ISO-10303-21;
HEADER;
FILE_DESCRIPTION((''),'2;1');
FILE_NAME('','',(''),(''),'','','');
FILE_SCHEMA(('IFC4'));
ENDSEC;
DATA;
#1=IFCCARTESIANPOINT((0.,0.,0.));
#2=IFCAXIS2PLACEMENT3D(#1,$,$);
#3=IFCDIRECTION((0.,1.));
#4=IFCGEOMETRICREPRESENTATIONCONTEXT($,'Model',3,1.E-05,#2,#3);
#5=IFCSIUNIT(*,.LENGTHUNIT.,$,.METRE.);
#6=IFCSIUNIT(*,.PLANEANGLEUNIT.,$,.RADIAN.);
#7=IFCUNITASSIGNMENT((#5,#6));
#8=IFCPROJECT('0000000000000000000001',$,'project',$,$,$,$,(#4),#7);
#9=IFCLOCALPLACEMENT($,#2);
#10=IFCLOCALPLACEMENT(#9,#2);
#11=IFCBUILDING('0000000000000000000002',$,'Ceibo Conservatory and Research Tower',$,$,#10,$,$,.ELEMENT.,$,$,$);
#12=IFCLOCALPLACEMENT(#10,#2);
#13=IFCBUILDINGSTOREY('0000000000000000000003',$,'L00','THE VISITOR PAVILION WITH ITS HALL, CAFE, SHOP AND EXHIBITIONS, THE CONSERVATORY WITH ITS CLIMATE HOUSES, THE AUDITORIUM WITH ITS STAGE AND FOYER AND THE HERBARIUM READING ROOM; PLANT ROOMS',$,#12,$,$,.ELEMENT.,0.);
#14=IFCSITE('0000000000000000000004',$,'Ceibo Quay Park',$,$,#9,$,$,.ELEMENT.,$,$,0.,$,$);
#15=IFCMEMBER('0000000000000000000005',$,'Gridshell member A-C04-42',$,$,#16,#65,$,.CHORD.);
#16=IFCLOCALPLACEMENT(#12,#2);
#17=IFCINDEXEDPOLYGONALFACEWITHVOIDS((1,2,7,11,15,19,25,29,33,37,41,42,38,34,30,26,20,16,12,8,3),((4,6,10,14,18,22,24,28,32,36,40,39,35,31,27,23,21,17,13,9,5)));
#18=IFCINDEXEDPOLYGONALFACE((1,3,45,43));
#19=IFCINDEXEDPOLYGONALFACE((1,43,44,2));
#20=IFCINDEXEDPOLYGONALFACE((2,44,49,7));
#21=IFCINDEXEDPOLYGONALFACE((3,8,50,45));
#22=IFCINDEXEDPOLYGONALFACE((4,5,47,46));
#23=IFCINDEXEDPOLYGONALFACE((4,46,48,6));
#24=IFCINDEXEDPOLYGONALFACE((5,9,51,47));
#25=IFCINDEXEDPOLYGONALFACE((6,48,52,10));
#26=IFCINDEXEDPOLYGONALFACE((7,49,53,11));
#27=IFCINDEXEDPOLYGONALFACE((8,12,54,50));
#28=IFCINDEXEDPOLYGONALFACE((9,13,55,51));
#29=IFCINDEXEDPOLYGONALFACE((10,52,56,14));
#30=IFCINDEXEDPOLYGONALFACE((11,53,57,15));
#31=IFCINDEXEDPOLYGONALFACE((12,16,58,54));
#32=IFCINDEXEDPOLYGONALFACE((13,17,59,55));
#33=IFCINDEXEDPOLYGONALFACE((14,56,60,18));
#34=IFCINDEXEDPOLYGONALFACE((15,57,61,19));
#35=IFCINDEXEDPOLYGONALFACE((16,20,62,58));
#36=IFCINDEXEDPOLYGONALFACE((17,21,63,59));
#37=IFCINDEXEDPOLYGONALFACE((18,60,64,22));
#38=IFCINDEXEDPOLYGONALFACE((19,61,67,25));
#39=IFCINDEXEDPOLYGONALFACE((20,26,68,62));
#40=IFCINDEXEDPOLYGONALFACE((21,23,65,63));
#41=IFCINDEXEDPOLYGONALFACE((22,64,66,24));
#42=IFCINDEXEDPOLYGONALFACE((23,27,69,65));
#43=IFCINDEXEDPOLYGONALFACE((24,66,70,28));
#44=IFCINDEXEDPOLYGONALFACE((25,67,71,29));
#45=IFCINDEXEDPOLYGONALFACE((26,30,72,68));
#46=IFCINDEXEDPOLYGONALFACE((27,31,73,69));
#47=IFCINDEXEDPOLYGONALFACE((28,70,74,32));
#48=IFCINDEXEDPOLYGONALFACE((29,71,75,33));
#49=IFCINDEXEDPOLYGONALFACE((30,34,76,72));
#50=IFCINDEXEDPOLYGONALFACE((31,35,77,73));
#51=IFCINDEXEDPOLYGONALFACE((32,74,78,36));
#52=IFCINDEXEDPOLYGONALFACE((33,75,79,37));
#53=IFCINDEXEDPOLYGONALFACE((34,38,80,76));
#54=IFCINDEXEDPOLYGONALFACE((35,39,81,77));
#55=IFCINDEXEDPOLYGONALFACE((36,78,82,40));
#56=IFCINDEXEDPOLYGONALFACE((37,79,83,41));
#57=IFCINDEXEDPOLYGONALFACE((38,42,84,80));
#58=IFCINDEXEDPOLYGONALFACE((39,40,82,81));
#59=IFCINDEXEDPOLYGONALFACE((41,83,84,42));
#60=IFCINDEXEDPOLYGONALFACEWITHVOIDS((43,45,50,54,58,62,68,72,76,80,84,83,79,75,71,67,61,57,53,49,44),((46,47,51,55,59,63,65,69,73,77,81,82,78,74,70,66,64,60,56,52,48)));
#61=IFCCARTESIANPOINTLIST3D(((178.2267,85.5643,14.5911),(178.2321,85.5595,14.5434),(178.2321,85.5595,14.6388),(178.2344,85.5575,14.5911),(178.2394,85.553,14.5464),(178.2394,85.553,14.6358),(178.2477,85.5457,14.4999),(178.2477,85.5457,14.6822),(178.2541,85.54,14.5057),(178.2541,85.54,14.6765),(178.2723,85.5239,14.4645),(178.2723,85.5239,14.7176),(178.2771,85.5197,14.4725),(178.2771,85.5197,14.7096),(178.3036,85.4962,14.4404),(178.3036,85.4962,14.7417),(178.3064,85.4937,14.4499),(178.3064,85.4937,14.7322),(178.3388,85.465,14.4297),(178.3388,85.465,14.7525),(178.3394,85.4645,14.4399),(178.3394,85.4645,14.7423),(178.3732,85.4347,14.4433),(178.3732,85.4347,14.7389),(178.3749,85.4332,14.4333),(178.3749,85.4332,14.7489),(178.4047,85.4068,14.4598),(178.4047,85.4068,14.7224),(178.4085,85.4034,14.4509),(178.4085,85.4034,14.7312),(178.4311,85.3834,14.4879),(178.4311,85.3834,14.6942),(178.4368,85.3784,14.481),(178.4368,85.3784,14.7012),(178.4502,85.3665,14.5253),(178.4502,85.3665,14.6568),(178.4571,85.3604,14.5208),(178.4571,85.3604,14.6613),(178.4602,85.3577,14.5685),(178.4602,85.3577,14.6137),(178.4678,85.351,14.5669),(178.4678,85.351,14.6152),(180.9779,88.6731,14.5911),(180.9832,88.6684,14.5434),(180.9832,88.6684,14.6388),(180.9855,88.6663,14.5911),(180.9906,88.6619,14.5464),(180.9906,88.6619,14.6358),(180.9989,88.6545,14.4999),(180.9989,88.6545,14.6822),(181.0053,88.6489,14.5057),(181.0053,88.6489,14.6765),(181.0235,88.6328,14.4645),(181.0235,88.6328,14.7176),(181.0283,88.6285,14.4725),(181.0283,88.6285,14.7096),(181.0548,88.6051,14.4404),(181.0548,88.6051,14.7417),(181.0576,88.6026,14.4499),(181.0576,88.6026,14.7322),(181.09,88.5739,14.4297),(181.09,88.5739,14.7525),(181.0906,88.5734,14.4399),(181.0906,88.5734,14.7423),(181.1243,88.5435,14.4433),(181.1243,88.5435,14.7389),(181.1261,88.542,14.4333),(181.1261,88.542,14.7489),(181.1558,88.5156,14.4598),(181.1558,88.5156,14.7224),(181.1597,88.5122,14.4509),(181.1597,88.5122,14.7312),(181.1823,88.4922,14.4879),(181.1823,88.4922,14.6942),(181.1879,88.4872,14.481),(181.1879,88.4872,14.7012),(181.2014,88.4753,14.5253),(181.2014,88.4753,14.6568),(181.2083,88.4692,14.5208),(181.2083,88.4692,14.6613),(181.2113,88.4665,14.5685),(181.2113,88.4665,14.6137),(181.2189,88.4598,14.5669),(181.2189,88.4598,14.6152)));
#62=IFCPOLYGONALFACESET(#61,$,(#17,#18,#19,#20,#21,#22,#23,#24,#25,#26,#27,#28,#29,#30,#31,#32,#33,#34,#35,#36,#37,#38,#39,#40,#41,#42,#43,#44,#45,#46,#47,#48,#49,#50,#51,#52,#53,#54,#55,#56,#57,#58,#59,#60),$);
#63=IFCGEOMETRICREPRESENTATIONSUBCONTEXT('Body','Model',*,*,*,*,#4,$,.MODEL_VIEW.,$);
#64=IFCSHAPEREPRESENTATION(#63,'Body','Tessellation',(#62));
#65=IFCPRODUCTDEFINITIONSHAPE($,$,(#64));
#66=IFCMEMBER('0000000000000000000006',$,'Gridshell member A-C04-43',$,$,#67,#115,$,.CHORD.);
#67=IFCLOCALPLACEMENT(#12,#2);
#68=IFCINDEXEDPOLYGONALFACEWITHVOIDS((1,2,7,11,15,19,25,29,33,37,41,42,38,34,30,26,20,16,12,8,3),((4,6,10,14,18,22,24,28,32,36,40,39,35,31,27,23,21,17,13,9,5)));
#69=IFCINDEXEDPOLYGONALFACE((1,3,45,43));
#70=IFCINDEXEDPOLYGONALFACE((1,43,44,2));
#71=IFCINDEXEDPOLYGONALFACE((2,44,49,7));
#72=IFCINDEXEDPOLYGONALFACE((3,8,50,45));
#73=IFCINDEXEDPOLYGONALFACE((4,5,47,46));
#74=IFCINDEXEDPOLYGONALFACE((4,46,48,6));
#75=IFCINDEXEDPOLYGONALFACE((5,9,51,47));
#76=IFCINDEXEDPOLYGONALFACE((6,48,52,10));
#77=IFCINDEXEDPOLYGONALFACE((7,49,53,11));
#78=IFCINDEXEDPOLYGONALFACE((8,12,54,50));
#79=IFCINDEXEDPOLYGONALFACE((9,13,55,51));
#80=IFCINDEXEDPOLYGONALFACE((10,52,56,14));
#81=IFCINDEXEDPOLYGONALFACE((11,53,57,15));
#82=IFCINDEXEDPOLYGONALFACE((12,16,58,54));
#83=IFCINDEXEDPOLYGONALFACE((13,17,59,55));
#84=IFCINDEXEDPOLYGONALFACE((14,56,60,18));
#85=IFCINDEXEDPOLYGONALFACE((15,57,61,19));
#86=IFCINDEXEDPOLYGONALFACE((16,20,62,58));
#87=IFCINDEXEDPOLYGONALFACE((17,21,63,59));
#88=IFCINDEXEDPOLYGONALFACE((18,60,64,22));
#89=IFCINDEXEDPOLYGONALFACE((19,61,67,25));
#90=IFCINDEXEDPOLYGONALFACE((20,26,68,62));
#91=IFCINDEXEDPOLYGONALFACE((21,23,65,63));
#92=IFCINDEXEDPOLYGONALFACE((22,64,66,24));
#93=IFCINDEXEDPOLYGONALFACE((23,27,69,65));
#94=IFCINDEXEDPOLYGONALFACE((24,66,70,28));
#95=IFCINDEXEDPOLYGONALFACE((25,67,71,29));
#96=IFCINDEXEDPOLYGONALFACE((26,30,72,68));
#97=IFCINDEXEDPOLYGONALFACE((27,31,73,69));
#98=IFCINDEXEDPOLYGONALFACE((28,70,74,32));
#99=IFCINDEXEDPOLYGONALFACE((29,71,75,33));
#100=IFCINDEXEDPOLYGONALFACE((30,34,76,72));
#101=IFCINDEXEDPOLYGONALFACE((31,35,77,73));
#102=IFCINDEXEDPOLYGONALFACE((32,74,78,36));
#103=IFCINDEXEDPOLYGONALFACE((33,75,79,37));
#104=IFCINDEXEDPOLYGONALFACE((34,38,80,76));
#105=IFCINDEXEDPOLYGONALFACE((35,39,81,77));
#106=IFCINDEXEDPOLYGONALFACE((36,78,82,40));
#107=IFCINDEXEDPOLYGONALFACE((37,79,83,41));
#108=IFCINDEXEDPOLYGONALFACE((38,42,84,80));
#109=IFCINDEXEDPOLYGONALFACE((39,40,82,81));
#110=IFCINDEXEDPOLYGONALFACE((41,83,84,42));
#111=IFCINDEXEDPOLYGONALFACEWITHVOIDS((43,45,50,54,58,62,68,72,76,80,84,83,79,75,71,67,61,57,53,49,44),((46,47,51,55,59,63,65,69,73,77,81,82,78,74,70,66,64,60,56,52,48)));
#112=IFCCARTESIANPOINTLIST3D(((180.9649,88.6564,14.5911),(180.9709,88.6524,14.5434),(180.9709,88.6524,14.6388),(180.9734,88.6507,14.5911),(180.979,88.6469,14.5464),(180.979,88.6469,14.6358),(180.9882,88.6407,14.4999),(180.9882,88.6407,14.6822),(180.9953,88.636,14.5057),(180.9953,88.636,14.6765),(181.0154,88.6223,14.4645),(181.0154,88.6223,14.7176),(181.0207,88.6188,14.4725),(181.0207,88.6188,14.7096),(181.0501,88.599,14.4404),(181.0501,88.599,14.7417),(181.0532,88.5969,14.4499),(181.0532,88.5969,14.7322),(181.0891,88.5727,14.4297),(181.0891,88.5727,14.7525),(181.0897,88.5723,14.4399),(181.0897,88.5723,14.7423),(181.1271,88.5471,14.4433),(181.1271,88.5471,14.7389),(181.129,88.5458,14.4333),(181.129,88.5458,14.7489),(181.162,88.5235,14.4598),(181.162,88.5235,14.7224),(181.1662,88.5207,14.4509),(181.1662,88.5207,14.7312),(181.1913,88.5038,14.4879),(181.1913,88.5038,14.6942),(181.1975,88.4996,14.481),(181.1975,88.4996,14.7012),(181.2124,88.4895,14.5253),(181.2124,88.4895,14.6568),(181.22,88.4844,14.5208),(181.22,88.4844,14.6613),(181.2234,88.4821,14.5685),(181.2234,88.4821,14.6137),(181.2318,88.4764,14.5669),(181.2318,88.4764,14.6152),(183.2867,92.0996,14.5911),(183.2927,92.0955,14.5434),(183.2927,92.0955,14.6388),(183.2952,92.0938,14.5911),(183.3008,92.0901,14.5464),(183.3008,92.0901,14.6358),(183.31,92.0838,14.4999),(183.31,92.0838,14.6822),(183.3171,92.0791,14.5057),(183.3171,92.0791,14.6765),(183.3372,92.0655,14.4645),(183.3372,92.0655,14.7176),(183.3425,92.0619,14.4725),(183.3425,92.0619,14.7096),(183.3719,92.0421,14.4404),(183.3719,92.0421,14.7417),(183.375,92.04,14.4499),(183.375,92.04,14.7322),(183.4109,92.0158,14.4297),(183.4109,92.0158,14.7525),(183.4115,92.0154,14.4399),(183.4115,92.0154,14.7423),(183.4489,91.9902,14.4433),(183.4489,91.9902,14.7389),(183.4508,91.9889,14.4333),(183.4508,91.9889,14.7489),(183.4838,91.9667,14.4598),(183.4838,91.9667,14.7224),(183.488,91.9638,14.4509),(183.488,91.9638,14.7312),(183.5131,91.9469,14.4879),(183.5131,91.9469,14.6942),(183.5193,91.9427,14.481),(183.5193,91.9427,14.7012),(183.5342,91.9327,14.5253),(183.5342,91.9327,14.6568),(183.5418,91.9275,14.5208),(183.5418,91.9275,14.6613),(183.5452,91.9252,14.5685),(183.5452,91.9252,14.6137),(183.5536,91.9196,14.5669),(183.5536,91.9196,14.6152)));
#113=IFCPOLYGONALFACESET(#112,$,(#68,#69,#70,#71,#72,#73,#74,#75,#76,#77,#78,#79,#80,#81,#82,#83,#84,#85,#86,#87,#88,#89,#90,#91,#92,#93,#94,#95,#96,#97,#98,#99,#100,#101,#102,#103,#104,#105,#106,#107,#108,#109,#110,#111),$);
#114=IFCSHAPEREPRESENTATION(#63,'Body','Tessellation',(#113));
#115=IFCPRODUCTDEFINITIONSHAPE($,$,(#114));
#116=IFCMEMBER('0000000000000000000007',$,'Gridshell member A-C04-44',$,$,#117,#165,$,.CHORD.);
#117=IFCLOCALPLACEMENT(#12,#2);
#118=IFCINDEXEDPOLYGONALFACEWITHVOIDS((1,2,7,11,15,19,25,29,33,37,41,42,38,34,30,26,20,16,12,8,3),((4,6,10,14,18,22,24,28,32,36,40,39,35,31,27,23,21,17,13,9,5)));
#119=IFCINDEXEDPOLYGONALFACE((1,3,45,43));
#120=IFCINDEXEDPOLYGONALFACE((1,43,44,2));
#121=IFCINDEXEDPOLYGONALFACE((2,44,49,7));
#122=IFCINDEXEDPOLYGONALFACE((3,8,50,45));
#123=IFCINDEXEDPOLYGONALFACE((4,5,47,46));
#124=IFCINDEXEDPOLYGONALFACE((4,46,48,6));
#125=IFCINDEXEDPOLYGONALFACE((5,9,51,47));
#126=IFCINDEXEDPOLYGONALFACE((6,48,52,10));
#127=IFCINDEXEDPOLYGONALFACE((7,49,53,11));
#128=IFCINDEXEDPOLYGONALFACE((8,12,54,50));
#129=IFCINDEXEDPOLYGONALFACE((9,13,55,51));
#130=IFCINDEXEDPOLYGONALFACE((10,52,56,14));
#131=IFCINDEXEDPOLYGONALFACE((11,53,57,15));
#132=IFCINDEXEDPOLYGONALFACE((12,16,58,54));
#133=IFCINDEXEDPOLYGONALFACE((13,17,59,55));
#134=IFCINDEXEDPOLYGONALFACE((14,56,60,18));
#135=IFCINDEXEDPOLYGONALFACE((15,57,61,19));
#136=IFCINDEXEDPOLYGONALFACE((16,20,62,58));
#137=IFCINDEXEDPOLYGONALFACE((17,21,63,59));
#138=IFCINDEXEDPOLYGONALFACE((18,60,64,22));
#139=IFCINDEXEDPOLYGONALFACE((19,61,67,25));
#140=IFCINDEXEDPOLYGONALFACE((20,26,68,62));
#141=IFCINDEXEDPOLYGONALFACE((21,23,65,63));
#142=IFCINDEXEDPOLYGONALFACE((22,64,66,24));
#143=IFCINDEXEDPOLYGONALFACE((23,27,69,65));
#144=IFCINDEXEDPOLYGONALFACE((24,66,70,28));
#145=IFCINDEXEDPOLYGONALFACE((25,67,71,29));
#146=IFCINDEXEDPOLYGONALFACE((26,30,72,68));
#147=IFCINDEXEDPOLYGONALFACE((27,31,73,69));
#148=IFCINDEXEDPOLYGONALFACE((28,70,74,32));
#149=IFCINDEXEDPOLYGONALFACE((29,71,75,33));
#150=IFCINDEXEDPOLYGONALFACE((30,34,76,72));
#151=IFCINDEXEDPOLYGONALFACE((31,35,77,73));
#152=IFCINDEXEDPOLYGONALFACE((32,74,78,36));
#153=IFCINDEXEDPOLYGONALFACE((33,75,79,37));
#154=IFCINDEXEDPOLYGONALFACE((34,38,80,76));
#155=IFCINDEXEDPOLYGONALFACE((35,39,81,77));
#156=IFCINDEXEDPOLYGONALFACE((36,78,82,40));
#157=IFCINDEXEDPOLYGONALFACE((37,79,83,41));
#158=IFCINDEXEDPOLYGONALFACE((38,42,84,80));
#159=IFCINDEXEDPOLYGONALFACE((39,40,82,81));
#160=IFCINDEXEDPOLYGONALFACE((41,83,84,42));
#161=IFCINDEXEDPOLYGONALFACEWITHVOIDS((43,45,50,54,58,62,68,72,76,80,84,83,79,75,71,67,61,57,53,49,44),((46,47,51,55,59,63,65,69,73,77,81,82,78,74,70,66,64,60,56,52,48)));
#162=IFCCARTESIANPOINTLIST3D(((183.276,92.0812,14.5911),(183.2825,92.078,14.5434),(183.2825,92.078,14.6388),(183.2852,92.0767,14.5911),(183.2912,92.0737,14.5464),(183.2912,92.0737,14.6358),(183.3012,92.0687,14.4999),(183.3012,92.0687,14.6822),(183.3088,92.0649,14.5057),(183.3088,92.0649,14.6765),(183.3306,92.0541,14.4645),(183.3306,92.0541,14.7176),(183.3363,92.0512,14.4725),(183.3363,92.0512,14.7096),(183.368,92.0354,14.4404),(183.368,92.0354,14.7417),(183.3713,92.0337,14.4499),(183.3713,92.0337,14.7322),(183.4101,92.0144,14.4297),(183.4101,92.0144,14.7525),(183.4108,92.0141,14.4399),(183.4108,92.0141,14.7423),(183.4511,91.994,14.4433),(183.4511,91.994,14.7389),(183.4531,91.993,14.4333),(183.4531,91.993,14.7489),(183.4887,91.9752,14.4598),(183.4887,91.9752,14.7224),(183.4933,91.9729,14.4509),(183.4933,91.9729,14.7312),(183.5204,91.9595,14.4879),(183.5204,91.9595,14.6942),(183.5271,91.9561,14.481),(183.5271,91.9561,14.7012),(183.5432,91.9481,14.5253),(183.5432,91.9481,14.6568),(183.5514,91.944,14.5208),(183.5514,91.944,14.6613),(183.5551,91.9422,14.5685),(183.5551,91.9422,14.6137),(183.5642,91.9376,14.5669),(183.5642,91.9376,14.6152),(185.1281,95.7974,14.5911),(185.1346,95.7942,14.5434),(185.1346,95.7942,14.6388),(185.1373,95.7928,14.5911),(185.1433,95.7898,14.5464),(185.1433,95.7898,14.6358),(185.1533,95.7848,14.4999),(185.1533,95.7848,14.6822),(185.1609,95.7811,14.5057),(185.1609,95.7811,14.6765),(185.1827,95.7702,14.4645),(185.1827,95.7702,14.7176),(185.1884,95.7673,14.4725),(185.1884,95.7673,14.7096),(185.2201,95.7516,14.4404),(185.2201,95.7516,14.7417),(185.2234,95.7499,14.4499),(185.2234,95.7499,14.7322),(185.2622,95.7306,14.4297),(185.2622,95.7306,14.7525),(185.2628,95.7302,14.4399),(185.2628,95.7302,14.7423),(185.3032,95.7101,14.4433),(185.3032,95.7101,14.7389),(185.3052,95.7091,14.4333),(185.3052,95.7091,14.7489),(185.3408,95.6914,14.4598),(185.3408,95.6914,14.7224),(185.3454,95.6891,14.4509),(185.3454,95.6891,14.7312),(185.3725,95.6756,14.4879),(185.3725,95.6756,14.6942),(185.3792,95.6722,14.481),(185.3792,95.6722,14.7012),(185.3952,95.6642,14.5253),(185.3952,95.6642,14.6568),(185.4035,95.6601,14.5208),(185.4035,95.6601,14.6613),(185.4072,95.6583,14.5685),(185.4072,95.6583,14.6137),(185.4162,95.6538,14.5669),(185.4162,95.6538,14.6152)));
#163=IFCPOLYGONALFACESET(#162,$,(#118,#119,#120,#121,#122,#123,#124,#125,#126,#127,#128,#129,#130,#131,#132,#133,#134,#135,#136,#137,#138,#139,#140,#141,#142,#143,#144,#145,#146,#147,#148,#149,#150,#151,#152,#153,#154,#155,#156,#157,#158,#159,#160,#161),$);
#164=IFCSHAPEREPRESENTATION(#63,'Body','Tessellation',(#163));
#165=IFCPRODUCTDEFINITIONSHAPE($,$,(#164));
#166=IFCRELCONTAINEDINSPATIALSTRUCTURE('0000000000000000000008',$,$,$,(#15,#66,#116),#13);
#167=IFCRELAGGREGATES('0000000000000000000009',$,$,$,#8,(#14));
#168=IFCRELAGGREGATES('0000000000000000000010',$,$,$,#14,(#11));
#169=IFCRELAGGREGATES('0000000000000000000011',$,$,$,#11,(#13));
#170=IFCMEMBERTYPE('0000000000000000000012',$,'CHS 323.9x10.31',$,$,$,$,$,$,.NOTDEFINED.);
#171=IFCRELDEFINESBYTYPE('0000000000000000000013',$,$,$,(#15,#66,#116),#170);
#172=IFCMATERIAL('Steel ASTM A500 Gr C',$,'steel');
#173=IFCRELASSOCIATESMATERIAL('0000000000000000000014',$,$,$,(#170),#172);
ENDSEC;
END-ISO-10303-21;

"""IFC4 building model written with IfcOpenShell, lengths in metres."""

from ifc_helpers import new_model, si_unit, direction, frame, origin, origin_2d, place, context, subcontext, project, spatial, hollow_circle, extrude, material, material_profile, profile_set, type_object, element, save


model = new_model("IFC4")

# Units and contexts
model_context = context("Model", 3, precision=1e-05, world=origin(), true_north=direction((0.0, 1.0)))
body_context = subcontext(model_context, "Body", "Model", "MODEL_VIEW")
ifc_project = project(units=[si_unit("LENGTHUNIT", "METRE"), si_unit("PLANEANGLEUNIT", "RADIAN")], contexts=[model_context])

# Site, building, storey
site_placement = place(None, origin())
site = spatial("IfcSite", under=ifc_project, at=site_placement, Name="Ceibo Quay Park", CompositionType="ELEMENT", RefElevation=0.0)
building_placement = place(site_placement, origin())
building = spatial("IfcBuilding", under=site, at=building_placement, Name="Ceibo Conservatory and Research Tower", CompositionType="ELEMENT")
storey_placement = place(building_placement, origin())
storey = spatial("IfcBuildingStorey", under=building, at=storey_placement, Name="L00", Description="THE VISITOR PAVILION WITH ITS HALL, CAFE, SHOP AND EXHIBITIONS, THE CONSERVATORY WITH ITS CLIMATE HOUSES, THE AUDITORIUM WITH ITS STAGE AND FOYER AND THE HERBARIUM READING ROOM; PLANT ROOMS", CompositionType="ELEMENT", Elevation=0.0)

# Members
ifc_material_1 = material(Name="Steel ASTM A500 Gr C", Category="steel")
ifc_material_profile_1 = material_profile(ifc_material_1, hollow_circle(Radius=0.1619, WallThickness=0.0103, at=origin_2d()), Name="CHS 323.9x10.31")
ifc_profile_set_1 = profile_set([ifc_material_profile_1], Name="Steel ASTM A500 Gr C")
member_type_1 = type_object("IfcMemberType", Name="CHS 323.9x10.31", PredefinedType="NOTDEFINED", material=ifc_profile_set_1)
member_1_placement = place(storey_placement, frame((178.3479, 85.457, 14.5911), z_axis=(0.662716, 0.748871, 0.0), x_axis=(-0.748871, 0.662716, 0.0)))
element("IfcMember", 1, at=member_1_placement, inside=storey, type_object=member_type_1, Name="Gridshell member A-C04-42", PredefinedType="CHORD", context=body_context, shape_type="SweptSolid", body=[
    extrude(hollow_circle(Radius=0.1619, WallThickness=0.0103, at=origin_2d()), origin(), (0.0, 0.0, 1.0), 4.1514),
])
member_2_placement = place(storey_placement, frame((181.0991, 88.5659, 14.5911), z_axis=(0.559088, 0.829108, 0.0), x_axis=(-0.829108, 0.559088, 0.0)))
element("IfcMember", 2, at=member_2_placement, inside=storey, type_object=member_type_1, Name="Gridshell member A-C04-43", PredefinedType="CHORD", context=body_context, shape_type="SweptSolid", body=[
    extrude(hollow_circle(Radius=0.1619, WallThickness=0.0103, at=origin_2d()), origin(), (0.0, 0.0, 1.0), 4.1528),
])
member_3_placement = place(storey_placement, frame((183.4209, 92.009, 14.5911), z_axis=(0.446061, 0.895003, 0.0), x_axis=(-0.895003, 0.446061, 0.0)))
element("IfcMember", 3, at=member_3_placement, inside=storey, type_object=member_type_1, Name="Gridshell member A-C04-44", PredefinedType="CHORD", context=body_context, shape_type="SweptSolid", body=[
    extrude(hollow_circle(Radius=0.1619, WallThickness=0.0103, at=origin_2d()), origin(), (0.0, 0.0, 1.0), 4.1521),
])

save(model, "model.ifc")
